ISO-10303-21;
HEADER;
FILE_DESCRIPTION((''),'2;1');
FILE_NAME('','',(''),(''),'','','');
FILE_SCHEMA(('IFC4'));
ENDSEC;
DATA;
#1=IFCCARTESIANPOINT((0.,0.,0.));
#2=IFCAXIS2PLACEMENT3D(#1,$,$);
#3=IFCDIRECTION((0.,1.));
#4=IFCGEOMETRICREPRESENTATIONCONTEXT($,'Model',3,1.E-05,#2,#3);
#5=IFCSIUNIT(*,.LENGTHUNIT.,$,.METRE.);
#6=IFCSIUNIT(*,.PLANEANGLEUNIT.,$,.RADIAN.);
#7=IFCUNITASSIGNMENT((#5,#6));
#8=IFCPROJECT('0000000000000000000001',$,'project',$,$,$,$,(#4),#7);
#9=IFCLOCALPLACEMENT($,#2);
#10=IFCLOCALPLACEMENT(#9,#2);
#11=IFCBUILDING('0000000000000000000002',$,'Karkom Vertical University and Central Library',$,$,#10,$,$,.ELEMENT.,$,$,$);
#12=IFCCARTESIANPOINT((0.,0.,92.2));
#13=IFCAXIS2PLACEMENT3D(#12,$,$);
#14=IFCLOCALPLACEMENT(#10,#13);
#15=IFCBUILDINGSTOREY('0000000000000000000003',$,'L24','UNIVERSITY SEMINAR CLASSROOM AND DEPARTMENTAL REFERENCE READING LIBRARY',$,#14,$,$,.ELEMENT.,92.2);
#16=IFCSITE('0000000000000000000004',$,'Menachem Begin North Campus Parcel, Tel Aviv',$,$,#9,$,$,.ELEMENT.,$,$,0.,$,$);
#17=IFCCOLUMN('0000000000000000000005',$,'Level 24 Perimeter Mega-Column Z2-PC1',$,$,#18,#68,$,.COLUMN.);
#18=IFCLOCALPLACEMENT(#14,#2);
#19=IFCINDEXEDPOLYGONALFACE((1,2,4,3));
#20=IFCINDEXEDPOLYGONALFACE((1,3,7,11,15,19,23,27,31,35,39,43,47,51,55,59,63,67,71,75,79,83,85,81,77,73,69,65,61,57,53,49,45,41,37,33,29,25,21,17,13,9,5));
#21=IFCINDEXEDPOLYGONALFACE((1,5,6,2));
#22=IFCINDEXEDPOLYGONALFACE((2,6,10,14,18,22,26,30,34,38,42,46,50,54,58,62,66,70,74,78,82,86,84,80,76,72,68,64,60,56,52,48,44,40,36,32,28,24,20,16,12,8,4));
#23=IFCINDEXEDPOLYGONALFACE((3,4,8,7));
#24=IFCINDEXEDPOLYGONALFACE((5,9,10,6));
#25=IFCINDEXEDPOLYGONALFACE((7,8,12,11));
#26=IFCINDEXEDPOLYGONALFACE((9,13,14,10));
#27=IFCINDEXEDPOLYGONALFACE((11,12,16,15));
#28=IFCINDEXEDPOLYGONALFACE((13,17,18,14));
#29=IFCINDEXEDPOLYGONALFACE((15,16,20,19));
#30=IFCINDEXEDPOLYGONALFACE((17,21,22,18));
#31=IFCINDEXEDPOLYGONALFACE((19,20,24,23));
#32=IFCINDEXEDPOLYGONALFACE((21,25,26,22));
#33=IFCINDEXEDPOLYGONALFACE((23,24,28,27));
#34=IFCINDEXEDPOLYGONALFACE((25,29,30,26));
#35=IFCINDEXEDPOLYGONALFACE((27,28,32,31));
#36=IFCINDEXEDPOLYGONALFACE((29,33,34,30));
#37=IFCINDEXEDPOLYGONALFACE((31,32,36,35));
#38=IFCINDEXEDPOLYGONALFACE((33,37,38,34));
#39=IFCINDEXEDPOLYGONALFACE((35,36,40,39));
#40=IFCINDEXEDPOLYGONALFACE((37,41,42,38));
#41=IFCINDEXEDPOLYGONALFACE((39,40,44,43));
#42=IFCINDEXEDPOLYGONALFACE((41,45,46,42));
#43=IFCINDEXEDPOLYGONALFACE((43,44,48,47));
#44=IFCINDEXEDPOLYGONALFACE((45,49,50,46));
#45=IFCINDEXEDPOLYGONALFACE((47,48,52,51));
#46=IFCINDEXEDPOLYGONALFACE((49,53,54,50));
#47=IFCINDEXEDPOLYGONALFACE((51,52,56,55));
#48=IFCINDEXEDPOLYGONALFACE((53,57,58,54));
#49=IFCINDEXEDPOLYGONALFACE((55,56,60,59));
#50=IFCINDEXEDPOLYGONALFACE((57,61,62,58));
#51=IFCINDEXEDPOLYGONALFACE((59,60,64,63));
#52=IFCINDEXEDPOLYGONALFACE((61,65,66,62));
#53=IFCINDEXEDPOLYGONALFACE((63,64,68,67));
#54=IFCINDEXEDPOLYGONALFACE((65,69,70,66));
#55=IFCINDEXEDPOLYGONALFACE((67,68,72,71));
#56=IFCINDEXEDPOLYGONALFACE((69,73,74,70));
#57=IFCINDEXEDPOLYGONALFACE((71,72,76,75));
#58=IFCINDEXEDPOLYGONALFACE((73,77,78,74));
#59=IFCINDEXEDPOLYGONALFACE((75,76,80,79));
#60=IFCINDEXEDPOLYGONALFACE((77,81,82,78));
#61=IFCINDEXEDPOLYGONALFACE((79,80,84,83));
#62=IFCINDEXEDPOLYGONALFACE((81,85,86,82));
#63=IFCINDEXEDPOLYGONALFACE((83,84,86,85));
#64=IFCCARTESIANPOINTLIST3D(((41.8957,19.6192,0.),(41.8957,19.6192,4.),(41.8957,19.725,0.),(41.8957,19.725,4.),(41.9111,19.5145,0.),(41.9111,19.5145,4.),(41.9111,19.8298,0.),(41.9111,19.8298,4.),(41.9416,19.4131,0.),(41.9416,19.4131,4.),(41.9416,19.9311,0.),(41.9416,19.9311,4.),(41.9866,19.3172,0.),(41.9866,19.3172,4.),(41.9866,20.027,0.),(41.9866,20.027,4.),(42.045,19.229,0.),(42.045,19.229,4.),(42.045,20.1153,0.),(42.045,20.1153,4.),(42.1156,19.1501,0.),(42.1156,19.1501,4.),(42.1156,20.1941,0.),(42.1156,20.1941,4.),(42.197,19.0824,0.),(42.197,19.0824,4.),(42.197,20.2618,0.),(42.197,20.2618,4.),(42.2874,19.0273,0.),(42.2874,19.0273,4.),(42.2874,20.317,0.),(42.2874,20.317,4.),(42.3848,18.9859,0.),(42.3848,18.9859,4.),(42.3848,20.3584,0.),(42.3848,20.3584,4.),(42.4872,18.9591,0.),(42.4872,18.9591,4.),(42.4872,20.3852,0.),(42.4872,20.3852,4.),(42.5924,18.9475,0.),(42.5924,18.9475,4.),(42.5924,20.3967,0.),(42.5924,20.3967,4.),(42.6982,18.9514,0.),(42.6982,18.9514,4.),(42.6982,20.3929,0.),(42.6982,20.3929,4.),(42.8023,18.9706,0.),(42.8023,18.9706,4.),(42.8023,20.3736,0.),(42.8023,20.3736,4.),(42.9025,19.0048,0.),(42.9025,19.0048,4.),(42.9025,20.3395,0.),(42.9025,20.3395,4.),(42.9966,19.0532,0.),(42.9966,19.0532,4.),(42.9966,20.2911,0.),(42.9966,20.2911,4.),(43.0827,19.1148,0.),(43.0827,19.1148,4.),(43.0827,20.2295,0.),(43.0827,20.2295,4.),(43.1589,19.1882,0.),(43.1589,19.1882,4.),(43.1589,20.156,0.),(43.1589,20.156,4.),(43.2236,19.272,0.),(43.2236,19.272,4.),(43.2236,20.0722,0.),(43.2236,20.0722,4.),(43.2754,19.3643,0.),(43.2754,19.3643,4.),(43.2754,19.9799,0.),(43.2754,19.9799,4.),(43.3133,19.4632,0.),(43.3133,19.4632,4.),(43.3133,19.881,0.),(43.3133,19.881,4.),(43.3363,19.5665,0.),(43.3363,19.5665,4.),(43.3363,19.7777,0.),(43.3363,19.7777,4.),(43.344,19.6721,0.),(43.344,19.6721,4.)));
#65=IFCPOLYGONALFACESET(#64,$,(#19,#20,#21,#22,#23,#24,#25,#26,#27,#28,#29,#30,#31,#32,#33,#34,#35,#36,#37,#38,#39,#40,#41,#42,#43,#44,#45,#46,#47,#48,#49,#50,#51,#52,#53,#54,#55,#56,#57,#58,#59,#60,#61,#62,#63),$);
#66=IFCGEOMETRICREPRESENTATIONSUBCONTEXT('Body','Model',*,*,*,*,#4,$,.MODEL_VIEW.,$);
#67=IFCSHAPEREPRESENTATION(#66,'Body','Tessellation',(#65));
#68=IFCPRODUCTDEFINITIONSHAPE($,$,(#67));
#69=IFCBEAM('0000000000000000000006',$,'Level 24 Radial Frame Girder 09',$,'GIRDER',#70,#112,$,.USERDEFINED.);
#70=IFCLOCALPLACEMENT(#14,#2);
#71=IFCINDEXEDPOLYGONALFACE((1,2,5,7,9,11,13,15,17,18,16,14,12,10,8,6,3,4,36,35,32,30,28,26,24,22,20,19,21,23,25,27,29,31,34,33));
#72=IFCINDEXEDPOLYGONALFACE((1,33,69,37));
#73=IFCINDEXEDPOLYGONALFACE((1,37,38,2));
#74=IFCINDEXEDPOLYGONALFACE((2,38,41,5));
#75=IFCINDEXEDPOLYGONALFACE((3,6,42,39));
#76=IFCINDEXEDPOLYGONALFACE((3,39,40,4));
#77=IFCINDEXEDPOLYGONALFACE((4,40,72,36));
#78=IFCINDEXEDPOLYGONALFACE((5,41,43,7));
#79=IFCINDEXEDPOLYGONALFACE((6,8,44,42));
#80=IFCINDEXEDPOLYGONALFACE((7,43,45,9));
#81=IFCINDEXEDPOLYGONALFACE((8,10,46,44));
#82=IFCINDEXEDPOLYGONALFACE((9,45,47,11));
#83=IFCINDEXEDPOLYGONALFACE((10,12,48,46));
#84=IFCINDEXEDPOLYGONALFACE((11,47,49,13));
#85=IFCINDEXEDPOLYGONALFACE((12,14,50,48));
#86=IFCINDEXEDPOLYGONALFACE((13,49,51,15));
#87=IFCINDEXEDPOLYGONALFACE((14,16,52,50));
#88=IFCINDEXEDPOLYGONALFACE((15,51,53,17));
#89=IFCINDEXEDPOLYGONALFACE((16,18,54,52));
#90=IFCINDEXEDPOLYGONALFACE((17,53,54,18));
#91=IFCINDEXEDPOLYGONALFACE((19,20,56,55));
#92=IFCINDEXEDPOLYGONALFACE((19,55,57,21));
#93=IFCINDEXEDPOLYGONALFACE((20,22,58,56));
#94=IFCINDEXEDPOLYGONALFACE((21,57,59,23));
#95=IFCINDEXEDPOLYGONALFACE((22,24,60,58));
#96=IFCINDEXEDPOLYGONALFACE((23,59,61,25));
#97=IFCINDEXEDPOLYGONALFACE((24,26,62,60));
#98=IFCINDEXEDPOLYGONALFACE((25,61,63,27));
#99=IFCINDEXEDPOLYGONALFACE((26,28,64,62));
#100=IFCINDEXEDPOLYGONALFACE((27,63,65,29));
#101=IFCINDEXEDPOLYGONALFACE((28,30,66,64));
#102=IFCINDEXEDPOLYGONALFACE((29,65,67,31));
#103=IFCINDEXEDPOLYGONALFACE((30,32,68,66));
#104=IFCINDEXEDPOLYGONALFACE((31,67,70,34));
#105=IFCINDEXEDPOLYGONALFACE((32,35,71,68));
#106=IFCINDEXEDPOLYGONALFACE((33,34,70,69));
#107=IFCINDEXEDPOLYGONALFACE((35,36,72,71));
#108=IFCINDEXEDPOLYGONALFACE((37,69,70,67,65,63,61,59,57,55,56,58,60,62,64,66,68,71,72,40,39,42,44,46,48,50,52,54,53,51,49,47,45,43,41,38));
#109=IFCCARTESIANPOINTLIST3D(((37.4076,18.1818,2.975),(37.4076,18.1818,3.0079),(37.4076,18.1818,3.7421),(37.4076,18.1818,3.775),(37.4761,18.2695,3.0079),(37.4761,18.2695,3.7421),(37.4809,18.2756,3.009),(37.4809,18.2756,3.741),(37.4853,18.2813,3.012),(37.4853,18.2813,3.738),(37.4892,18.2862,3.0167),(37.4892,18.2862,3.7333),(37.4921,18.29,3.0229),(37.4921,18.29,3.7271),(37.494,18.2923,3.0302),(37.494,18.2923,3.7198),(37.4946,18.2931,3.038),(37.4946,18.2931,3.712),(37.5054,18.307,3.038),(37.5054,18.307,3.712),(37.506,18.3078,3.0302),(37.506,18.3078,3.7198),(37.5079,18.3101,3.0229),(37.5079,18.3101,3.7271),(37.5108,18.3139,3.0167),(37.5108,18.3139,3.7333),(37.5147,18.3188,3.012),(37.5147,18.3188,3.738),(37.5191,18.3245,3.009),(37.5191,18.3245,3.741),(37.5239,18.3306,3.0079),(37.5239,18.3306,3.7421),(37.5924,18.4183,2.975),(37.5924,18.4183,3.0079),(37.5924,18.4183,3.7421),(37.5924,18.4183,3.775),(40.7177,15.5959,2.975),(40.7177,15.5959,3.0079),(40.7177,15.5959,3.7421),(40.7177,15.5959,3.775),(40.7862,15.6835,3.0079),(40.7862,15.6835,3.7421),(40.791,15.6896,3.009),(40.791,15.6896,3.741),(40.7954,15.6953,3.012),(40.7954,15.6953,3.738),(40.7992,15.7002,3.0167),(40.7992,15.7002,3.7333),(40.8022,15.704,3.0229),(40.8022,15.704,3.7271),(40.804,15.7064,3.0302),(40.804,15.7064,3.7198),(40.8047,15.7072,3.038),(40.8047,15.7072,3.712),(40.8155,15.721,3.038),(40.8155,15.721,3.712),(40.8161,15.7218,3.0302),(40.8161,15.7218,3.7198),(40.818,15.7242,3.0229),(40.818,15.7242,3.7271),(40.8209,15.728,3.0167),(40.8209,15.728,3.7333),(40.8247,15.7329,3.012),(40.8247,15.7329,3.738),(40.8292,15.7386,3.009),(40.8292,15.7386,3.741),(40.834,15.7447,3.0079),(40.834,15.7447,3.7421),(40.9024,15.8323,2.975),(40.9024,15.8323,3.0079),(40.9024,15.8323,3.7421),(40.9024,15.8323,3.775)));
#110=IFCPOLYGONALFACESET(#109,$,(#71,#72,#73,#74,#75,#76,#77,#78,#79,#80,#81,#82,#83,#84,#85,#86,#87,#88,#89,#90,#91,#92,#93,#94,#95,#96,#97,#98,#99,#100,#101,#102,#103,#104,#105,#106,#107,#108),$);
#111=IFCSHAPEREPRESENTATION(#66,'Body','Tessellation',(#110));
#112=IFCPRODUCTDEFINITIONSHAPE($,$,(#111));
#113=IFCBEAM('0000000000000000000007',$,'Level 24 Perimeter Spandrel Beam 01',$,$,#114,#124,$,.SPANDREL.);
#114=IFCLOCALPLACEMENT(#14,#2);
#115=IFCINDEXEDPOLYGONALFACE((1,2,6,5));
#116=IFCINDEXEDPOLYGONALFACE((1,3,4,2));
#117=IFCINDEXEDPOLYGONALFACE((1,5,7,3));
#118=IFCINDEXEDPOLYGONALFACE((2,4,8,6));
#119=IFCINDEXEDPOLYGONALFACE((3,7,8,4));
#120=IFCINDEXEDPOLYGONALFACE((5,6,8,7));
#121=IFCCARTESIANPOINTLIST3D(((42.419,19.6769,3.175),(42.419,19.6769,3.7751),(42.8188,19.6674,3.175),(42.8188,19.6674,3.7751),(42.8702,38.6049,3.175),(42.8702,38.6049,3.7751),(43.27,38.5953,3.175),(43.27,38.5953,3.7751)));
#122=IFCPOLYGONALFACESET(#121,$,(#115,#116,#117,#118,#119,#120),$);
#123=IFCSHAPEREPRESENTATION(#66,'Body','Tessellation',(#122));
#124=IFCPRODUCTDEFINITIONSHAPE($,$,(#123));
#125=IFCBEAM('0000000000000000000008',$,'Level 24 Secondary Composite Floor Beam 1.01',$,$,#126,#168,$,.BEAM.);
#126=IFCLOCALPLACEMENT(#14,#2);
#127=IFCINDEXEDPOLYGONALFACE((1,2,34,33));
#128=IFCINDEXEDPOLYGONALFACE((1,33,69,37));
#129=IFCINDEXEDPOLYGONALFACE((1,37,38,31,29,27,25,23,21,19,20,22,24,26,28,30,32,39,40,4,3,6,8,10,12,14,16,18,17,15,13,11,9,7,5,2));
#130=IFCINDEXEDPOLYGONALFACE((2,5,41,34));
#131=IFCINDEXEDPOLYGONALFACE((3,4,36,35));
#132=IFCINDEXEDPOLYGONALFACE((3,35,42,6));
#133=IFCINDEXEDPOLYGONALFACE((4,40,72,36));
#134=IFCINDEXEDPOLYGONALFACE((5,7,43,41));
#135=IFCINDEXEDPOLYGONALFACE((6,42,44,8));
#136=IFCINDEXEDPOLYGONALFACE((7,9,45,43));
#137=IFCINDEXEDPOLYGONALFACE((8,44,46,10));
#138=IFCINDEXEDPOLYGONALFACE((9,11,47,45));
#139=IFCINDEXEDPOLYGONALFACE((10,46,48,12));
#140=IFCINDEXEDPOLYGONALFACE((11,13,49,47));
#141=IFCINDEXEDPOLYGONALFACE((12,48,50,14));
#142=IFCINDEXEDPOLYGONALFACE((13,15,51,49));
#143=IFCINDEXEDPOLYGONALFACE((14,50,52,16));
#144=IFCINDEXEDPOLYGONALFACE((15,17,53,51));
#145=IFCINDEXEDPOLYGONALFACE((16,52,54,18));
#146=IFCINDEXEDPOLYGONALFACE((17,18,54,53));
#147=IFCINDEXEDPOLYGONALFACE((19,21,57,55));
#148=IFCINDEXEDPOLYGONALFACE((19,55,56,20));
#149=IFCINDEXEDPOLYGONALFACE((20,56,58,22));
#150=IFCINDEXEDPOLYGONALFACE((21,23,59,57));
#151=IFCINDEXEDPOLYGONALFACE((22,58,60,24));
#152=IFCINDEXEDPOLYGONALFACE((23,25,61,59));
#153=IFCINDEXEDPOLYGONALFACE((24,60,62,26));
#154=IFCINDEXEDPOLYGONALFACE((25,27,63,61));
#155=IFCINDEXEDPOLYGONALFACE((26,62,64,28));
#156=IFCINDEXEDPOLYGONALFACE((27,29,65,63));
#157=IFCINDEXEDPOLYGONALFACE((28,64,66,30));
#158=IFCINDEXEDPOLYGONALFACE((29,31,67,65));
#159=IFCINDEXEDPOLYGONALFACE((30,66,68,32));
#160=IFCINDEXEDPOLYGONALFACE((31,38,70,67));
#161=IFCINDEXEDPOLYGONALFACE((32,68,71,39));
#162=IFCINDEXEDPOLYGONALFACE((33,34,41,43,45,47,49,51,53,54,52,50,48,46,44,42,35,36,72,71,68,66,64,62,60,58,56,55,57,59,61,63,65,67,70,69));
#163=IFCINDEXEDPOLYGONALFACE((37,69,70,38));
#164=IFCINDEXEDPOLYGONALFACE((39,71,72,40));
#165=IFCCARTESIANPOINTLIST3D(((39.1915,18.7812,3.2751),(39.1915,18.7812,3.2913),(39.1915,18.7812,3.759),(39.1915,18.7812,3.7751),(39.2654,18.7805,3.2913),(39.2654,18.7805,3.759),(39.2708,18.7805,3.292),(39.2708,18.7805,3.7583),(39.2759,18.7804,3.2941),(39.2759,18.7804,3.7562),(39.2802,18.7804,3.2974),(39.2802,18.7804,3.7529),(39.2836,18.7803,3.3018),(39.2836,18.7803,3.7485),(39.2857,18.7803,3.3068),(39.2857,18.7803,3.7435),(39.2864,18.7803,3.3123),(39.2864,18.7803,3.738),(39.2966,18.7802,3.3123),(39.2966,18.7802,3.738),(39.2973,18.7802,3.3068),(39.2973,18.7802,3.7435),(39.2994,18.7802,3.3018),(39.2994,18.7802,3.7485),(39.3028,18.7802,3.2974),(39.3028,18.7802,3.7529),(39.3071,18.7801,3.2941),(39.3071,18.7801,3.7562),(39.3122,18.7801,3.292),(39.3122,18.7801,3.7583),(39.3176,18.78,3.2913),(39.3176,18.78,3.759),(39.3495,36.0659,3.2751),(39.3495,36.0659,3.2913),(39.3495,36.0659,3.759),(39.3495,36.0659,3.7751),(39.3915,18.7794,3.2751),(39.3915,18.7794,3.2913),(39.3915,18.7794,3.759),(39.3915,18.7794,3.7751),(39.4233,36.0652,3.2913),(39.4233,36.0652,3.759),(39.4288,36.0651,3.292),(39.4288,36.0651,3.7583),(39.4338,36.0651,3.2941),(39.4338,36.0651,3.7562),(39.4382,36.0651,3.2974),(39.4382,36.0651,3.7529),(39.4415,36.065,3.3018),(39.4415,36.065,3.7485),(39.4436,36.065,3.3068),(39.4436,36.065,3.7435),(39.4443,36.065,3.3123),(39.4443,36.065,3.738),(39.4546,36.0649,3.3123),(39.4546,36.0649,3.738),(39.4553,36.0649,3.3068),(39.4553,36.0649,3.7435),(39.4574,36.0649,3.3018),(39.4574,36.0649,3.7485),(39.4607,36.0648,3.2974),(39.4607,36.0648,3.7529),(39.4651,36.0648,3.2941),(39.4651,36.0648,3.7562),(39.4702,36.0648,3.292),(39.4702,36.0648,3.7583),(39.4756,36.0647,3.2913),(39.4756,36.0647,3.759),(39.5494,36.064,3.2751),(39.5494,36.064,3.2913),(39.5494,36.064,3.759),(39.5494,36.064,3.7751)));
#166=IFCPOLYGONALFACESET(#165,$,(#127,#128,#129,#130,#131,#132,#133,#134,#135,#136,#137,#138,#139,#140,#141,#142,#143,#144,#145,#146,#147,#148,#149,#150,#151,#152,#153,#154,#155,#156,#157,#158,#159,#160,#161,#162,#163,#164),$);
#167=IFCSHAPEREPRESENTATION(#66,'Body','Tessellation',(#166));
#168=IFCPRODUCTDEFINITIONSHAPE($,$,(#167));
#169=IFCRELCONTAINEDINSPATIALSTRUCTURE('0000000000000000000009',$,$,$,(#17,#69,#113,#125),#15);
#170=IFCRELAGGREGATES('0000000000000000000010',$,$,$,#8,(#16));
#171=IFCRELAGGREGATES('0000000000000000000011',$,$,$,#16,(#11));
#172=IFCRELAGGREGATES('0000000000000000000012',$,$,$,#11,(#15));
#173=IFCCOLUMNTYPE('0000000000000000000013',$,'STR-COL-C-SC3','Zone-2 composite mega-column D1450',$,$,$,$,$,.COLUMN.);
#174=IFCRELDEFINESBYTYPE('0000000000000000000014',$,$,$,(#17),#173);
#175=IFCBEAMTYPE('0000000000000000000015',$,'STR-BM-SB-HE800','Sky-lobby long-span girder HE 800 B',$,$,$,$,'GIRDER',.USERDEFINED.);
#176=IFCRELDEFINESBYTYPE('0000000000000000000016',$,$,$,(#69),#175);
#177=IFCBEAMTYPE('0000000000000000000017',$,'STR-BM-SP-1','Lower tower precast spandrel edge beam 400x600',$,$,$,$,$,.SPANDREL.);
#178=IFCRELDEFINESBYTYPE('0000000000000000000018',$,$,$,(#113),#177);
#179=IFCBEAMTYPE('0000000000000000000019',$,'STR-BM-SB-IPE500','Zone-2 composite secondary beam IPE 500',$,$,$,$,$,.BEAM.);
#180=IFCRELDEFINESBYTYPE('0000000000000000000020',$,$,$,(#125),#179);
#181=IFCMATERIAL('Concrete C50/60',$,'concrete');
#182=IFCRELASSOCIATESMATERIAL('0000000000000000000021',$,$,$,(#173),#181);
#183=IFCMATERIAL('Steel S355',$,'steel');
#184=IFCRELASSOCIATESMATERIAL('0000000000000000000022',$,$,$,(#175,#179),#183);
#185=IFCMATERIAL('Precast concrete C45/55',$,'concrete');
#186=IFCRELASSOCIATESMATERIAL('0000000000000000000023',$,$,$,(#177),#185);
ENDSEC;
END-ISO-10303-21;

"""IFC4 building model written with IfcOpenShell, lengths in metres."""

from ifc_helpers import new_model, si_unit, direction, frame, origin, origin_with_axes, origin_2d, place, context, subcontext, project, spatial, rectangle, circle, i_section, extrude, source, transform, mapped, material, material_profile, profile_set, type_object, element, save


model = new_model("IFC4")

# Units and contexts
model_context = context("Model", 3, precision=1e-05, world=origin(), true_north=direction((0.0, 1.0)))
body_context = subcontext(model_context, "Body", "Model", "MODEL_VIEW")
ifc_project = project(units=[si_unit("LENGTHUNIT", "METRE"), si_unit("PLANEANGLEUNIT", "RADIAN")], contexts=[model_context])

# Site, building, storey
site_placement = place(None, origin())
site = spatial("IfcSite", under=ifc_project, at=site_placement, Name="Menachem Begin North Campus Parcel, Tel Aviv", CompositionType="ELEMENT", RefElevation=0.0)
building_placement = place(site_placement, origin())
building = spatial("IfcBuilding", under=site, at=building_placement, Name="Karkom Vertical University and Central Library", CompositionType="ELEMENT")
storey_placement = place(building_placement, frame((0.0, 0.0, 92.2)))
storey = spatial("IfcBuildingStorey", under=building, at=storey_placement, Name="L24", Description="UNIVERSITY SEMINAR CLASSROOM AND DEPARTMENTAL REFERENCE READING LIBRARY", CompositionType="ELEMENT", Elevation=92.2)

# Column
ifc_material_1 = material(Name="Concrete C50/60", Category="concrete")
ifc_material_profile_1 = material_profile(ifc_material_1, circle(Radius=0.7251, at=origin_2d()), Name="CFT-D1450")
ifc_profile_set_1 = profile_set([ifc_material_profile_1], Name="Concrete C50/60")
column_type = type_object("IfcColumnType", Name="STR-COL-C-SC3", Description="Zone-2 composite mega-column D1450", PredefinedType="COLUMN", material=ifc_profile_set_1)
shared_shape_1 = source(origin_with_axes(), body_context, "Body", "SweptSolid", [
    extrude(circle(Radius=0.7251, at=origin_2d()), origin(), (0.0, 0.0, 1.0), 4.0),
])
column_placement = place(storey_placement, frame((42.6189, 19.6721, 0.0), z_axis=(0.0, 0.0, 1.0), x_axis=(1.0, 0.0, 0.0)))
element("IfcColumn", 1, at=column_placement, inside=storey, type_object=column_type, Name="Level 24 Perimeter Mega-Column Z2-PC1", PredefinedType="COLUMN", context=body_context, shape_type="MappedRepresentation", body=[
    mapped(shared_shape_1, transform((0.0, 0.0, 0.0), scale=1.0)),
])

# Beams
ifc_material_2 = material(Name="Steel S355", Category="steel")
ifc_material_profile_2 = material_profile(ifc_material_2, i_section(OverallWidth=0.3, OverallDepth=0.8, WebThickness=0.0176, FlangeThickness=0.033, FilletRadius=0.03, at=origin_2d()), Name="HE 800 B")
ifc_profile_set_2 = profile_set([ifc_material_profile_2], Name="Steel S355")
beam_type_1 = type_object("IfcBeamType", Name="STR-BM-SB-HE800", Description="Sky-lobby long-span girder HE 800 B", ElementType="GIRDER", PredefinedType="USERDEFINED", material=ifc_profile_set_2)
shared_shape_2 = source(origin_with_axes(), body_context, "Body", "SweptSolid", [
    extrude(i_section(OverallWidth=0.3, OverallDepth=0.8, WebThickness=0.0176, FlangeThickness=0.033, FilletRadius=0.03, at=origin_2d()), origin(), (0.0, 0.0, 1.0), 4.2004),
])
beam_1_placement = place(storey_placement, frame((37.5, 18.3, 3.375), z_axis=(0.78803, -0.615637, 0.0), x_axis=(0.615637, 0.78803, 0.0)))
element("IfcBeam", 2, at=beam_1_placement, inside=storey, type_object=beam_type_1, Name="Level 24 Radial Frame Girder 09", ObjectType="GIRDER", PredefinedType="USERDEFINED", context=body_context, shape_type="MappedRepresentation", body=[
    mapped(shared_shape_2, transform((0.0, 0.0, 0.0), scale=1.0)),
])
ifc_material_3 = material(Name="Precast concrete C45/55", Category="concrete")
ifc_material_profile_3 = material_profile(ifc_material_3, rectangle(XDim=0.3999, YDim=0.6001, at=origin_2d()), Name="SPB-400x600")
ifc_profile_set_3 = profile_set([ifc_material_profile_3], Name="Precast concrete C45/55")
beam_type_2 = type_object("IfcBeamType", Name="STR-BM-SP-1", Description="Lower tower precast spandrel edge beam 400x600", PredefinedType="SPANDREL", material=ifc_profile_set_3)
shared_shape_3 = source(origin_with_axes(), body_context, "Body", "SweptSolid", [
    extrude(rectangle(XDim=0.3999, YDim=0.6001, at=origin_2d()), origin(), (0.0, 0.0, 1.0), 18.9333),
])
beam_2_placement = place(storey_placement, frame((42.6189, 19.6721, 3.4751), z_axis=(0.023829, 0.999716, 0.0), x_axis=(-0.999716, 0.023829, 0.0)))
element("IfcBeam", 3, at=beam_2_placement, inside=storey, type_object=beam_type_2, Name="Level 24 Perimeter Spandrel Beam 01", PredefinedType="SPANDREL", context=body_context, shape_type="MappedRepresentation", body=[
    mapped(shared_shape_3, transform((0.0, 0.0, 0.0), scale=1.0)),
])
ifc_material_profile_4 = material_profile(ifc_material_2, i_section(OverallWidth=0.2, OverallDepth=0.5, WebThickness=0.0103, FlangeThickness=0.0161, FilletRadius=0.021, at=origin_2d()), Name="IPE 500")
ifc_profile_set_4 = profile_set([ifc_material_profile_4], Name="Steel S355")
beam_type_3 = type_object("IfcBeamType", Name="STR-BM-SB-IPE500", Description="Zone-2 composite secondary beam IPE 500", PredefinedType="BEAM", material=ifc_profile_set_4)
shared_shape_4 = source(origin_with_axes(), body_context, "Body", "SweptSolid", [
    extrude(i_section(OverallWidth=0.2, OverallDepth=0.5, WebThickness=0.0103, FlangeThickness=0.0161, FilletRadius=0.021, at=origin_2d()), origin(), (0.0, 0.0, 1.0), 17.2854),
])
beam_3_placement = place(storey_placement, frame((39.2915, 18.7803, 3.5251), z_axis=(0.009138, 0.999958, 0.0), x_axis=(-0.999958, 0.009138, 0.0)))
element("IfcBeam", 4, at=beam_3_placement, inside=storey, type_object=beam_type_3, Name="Level 24 Secondary Composite Floor Beam 1.01", PredefinedType="BEAM", context=body_context, shape_type="MappedRepresentation", body=[
    mapped(shared_shape_4, transform((0.0, 0.0, 0.0), scale=1.0)),
])

save(model, "model.ifc")
